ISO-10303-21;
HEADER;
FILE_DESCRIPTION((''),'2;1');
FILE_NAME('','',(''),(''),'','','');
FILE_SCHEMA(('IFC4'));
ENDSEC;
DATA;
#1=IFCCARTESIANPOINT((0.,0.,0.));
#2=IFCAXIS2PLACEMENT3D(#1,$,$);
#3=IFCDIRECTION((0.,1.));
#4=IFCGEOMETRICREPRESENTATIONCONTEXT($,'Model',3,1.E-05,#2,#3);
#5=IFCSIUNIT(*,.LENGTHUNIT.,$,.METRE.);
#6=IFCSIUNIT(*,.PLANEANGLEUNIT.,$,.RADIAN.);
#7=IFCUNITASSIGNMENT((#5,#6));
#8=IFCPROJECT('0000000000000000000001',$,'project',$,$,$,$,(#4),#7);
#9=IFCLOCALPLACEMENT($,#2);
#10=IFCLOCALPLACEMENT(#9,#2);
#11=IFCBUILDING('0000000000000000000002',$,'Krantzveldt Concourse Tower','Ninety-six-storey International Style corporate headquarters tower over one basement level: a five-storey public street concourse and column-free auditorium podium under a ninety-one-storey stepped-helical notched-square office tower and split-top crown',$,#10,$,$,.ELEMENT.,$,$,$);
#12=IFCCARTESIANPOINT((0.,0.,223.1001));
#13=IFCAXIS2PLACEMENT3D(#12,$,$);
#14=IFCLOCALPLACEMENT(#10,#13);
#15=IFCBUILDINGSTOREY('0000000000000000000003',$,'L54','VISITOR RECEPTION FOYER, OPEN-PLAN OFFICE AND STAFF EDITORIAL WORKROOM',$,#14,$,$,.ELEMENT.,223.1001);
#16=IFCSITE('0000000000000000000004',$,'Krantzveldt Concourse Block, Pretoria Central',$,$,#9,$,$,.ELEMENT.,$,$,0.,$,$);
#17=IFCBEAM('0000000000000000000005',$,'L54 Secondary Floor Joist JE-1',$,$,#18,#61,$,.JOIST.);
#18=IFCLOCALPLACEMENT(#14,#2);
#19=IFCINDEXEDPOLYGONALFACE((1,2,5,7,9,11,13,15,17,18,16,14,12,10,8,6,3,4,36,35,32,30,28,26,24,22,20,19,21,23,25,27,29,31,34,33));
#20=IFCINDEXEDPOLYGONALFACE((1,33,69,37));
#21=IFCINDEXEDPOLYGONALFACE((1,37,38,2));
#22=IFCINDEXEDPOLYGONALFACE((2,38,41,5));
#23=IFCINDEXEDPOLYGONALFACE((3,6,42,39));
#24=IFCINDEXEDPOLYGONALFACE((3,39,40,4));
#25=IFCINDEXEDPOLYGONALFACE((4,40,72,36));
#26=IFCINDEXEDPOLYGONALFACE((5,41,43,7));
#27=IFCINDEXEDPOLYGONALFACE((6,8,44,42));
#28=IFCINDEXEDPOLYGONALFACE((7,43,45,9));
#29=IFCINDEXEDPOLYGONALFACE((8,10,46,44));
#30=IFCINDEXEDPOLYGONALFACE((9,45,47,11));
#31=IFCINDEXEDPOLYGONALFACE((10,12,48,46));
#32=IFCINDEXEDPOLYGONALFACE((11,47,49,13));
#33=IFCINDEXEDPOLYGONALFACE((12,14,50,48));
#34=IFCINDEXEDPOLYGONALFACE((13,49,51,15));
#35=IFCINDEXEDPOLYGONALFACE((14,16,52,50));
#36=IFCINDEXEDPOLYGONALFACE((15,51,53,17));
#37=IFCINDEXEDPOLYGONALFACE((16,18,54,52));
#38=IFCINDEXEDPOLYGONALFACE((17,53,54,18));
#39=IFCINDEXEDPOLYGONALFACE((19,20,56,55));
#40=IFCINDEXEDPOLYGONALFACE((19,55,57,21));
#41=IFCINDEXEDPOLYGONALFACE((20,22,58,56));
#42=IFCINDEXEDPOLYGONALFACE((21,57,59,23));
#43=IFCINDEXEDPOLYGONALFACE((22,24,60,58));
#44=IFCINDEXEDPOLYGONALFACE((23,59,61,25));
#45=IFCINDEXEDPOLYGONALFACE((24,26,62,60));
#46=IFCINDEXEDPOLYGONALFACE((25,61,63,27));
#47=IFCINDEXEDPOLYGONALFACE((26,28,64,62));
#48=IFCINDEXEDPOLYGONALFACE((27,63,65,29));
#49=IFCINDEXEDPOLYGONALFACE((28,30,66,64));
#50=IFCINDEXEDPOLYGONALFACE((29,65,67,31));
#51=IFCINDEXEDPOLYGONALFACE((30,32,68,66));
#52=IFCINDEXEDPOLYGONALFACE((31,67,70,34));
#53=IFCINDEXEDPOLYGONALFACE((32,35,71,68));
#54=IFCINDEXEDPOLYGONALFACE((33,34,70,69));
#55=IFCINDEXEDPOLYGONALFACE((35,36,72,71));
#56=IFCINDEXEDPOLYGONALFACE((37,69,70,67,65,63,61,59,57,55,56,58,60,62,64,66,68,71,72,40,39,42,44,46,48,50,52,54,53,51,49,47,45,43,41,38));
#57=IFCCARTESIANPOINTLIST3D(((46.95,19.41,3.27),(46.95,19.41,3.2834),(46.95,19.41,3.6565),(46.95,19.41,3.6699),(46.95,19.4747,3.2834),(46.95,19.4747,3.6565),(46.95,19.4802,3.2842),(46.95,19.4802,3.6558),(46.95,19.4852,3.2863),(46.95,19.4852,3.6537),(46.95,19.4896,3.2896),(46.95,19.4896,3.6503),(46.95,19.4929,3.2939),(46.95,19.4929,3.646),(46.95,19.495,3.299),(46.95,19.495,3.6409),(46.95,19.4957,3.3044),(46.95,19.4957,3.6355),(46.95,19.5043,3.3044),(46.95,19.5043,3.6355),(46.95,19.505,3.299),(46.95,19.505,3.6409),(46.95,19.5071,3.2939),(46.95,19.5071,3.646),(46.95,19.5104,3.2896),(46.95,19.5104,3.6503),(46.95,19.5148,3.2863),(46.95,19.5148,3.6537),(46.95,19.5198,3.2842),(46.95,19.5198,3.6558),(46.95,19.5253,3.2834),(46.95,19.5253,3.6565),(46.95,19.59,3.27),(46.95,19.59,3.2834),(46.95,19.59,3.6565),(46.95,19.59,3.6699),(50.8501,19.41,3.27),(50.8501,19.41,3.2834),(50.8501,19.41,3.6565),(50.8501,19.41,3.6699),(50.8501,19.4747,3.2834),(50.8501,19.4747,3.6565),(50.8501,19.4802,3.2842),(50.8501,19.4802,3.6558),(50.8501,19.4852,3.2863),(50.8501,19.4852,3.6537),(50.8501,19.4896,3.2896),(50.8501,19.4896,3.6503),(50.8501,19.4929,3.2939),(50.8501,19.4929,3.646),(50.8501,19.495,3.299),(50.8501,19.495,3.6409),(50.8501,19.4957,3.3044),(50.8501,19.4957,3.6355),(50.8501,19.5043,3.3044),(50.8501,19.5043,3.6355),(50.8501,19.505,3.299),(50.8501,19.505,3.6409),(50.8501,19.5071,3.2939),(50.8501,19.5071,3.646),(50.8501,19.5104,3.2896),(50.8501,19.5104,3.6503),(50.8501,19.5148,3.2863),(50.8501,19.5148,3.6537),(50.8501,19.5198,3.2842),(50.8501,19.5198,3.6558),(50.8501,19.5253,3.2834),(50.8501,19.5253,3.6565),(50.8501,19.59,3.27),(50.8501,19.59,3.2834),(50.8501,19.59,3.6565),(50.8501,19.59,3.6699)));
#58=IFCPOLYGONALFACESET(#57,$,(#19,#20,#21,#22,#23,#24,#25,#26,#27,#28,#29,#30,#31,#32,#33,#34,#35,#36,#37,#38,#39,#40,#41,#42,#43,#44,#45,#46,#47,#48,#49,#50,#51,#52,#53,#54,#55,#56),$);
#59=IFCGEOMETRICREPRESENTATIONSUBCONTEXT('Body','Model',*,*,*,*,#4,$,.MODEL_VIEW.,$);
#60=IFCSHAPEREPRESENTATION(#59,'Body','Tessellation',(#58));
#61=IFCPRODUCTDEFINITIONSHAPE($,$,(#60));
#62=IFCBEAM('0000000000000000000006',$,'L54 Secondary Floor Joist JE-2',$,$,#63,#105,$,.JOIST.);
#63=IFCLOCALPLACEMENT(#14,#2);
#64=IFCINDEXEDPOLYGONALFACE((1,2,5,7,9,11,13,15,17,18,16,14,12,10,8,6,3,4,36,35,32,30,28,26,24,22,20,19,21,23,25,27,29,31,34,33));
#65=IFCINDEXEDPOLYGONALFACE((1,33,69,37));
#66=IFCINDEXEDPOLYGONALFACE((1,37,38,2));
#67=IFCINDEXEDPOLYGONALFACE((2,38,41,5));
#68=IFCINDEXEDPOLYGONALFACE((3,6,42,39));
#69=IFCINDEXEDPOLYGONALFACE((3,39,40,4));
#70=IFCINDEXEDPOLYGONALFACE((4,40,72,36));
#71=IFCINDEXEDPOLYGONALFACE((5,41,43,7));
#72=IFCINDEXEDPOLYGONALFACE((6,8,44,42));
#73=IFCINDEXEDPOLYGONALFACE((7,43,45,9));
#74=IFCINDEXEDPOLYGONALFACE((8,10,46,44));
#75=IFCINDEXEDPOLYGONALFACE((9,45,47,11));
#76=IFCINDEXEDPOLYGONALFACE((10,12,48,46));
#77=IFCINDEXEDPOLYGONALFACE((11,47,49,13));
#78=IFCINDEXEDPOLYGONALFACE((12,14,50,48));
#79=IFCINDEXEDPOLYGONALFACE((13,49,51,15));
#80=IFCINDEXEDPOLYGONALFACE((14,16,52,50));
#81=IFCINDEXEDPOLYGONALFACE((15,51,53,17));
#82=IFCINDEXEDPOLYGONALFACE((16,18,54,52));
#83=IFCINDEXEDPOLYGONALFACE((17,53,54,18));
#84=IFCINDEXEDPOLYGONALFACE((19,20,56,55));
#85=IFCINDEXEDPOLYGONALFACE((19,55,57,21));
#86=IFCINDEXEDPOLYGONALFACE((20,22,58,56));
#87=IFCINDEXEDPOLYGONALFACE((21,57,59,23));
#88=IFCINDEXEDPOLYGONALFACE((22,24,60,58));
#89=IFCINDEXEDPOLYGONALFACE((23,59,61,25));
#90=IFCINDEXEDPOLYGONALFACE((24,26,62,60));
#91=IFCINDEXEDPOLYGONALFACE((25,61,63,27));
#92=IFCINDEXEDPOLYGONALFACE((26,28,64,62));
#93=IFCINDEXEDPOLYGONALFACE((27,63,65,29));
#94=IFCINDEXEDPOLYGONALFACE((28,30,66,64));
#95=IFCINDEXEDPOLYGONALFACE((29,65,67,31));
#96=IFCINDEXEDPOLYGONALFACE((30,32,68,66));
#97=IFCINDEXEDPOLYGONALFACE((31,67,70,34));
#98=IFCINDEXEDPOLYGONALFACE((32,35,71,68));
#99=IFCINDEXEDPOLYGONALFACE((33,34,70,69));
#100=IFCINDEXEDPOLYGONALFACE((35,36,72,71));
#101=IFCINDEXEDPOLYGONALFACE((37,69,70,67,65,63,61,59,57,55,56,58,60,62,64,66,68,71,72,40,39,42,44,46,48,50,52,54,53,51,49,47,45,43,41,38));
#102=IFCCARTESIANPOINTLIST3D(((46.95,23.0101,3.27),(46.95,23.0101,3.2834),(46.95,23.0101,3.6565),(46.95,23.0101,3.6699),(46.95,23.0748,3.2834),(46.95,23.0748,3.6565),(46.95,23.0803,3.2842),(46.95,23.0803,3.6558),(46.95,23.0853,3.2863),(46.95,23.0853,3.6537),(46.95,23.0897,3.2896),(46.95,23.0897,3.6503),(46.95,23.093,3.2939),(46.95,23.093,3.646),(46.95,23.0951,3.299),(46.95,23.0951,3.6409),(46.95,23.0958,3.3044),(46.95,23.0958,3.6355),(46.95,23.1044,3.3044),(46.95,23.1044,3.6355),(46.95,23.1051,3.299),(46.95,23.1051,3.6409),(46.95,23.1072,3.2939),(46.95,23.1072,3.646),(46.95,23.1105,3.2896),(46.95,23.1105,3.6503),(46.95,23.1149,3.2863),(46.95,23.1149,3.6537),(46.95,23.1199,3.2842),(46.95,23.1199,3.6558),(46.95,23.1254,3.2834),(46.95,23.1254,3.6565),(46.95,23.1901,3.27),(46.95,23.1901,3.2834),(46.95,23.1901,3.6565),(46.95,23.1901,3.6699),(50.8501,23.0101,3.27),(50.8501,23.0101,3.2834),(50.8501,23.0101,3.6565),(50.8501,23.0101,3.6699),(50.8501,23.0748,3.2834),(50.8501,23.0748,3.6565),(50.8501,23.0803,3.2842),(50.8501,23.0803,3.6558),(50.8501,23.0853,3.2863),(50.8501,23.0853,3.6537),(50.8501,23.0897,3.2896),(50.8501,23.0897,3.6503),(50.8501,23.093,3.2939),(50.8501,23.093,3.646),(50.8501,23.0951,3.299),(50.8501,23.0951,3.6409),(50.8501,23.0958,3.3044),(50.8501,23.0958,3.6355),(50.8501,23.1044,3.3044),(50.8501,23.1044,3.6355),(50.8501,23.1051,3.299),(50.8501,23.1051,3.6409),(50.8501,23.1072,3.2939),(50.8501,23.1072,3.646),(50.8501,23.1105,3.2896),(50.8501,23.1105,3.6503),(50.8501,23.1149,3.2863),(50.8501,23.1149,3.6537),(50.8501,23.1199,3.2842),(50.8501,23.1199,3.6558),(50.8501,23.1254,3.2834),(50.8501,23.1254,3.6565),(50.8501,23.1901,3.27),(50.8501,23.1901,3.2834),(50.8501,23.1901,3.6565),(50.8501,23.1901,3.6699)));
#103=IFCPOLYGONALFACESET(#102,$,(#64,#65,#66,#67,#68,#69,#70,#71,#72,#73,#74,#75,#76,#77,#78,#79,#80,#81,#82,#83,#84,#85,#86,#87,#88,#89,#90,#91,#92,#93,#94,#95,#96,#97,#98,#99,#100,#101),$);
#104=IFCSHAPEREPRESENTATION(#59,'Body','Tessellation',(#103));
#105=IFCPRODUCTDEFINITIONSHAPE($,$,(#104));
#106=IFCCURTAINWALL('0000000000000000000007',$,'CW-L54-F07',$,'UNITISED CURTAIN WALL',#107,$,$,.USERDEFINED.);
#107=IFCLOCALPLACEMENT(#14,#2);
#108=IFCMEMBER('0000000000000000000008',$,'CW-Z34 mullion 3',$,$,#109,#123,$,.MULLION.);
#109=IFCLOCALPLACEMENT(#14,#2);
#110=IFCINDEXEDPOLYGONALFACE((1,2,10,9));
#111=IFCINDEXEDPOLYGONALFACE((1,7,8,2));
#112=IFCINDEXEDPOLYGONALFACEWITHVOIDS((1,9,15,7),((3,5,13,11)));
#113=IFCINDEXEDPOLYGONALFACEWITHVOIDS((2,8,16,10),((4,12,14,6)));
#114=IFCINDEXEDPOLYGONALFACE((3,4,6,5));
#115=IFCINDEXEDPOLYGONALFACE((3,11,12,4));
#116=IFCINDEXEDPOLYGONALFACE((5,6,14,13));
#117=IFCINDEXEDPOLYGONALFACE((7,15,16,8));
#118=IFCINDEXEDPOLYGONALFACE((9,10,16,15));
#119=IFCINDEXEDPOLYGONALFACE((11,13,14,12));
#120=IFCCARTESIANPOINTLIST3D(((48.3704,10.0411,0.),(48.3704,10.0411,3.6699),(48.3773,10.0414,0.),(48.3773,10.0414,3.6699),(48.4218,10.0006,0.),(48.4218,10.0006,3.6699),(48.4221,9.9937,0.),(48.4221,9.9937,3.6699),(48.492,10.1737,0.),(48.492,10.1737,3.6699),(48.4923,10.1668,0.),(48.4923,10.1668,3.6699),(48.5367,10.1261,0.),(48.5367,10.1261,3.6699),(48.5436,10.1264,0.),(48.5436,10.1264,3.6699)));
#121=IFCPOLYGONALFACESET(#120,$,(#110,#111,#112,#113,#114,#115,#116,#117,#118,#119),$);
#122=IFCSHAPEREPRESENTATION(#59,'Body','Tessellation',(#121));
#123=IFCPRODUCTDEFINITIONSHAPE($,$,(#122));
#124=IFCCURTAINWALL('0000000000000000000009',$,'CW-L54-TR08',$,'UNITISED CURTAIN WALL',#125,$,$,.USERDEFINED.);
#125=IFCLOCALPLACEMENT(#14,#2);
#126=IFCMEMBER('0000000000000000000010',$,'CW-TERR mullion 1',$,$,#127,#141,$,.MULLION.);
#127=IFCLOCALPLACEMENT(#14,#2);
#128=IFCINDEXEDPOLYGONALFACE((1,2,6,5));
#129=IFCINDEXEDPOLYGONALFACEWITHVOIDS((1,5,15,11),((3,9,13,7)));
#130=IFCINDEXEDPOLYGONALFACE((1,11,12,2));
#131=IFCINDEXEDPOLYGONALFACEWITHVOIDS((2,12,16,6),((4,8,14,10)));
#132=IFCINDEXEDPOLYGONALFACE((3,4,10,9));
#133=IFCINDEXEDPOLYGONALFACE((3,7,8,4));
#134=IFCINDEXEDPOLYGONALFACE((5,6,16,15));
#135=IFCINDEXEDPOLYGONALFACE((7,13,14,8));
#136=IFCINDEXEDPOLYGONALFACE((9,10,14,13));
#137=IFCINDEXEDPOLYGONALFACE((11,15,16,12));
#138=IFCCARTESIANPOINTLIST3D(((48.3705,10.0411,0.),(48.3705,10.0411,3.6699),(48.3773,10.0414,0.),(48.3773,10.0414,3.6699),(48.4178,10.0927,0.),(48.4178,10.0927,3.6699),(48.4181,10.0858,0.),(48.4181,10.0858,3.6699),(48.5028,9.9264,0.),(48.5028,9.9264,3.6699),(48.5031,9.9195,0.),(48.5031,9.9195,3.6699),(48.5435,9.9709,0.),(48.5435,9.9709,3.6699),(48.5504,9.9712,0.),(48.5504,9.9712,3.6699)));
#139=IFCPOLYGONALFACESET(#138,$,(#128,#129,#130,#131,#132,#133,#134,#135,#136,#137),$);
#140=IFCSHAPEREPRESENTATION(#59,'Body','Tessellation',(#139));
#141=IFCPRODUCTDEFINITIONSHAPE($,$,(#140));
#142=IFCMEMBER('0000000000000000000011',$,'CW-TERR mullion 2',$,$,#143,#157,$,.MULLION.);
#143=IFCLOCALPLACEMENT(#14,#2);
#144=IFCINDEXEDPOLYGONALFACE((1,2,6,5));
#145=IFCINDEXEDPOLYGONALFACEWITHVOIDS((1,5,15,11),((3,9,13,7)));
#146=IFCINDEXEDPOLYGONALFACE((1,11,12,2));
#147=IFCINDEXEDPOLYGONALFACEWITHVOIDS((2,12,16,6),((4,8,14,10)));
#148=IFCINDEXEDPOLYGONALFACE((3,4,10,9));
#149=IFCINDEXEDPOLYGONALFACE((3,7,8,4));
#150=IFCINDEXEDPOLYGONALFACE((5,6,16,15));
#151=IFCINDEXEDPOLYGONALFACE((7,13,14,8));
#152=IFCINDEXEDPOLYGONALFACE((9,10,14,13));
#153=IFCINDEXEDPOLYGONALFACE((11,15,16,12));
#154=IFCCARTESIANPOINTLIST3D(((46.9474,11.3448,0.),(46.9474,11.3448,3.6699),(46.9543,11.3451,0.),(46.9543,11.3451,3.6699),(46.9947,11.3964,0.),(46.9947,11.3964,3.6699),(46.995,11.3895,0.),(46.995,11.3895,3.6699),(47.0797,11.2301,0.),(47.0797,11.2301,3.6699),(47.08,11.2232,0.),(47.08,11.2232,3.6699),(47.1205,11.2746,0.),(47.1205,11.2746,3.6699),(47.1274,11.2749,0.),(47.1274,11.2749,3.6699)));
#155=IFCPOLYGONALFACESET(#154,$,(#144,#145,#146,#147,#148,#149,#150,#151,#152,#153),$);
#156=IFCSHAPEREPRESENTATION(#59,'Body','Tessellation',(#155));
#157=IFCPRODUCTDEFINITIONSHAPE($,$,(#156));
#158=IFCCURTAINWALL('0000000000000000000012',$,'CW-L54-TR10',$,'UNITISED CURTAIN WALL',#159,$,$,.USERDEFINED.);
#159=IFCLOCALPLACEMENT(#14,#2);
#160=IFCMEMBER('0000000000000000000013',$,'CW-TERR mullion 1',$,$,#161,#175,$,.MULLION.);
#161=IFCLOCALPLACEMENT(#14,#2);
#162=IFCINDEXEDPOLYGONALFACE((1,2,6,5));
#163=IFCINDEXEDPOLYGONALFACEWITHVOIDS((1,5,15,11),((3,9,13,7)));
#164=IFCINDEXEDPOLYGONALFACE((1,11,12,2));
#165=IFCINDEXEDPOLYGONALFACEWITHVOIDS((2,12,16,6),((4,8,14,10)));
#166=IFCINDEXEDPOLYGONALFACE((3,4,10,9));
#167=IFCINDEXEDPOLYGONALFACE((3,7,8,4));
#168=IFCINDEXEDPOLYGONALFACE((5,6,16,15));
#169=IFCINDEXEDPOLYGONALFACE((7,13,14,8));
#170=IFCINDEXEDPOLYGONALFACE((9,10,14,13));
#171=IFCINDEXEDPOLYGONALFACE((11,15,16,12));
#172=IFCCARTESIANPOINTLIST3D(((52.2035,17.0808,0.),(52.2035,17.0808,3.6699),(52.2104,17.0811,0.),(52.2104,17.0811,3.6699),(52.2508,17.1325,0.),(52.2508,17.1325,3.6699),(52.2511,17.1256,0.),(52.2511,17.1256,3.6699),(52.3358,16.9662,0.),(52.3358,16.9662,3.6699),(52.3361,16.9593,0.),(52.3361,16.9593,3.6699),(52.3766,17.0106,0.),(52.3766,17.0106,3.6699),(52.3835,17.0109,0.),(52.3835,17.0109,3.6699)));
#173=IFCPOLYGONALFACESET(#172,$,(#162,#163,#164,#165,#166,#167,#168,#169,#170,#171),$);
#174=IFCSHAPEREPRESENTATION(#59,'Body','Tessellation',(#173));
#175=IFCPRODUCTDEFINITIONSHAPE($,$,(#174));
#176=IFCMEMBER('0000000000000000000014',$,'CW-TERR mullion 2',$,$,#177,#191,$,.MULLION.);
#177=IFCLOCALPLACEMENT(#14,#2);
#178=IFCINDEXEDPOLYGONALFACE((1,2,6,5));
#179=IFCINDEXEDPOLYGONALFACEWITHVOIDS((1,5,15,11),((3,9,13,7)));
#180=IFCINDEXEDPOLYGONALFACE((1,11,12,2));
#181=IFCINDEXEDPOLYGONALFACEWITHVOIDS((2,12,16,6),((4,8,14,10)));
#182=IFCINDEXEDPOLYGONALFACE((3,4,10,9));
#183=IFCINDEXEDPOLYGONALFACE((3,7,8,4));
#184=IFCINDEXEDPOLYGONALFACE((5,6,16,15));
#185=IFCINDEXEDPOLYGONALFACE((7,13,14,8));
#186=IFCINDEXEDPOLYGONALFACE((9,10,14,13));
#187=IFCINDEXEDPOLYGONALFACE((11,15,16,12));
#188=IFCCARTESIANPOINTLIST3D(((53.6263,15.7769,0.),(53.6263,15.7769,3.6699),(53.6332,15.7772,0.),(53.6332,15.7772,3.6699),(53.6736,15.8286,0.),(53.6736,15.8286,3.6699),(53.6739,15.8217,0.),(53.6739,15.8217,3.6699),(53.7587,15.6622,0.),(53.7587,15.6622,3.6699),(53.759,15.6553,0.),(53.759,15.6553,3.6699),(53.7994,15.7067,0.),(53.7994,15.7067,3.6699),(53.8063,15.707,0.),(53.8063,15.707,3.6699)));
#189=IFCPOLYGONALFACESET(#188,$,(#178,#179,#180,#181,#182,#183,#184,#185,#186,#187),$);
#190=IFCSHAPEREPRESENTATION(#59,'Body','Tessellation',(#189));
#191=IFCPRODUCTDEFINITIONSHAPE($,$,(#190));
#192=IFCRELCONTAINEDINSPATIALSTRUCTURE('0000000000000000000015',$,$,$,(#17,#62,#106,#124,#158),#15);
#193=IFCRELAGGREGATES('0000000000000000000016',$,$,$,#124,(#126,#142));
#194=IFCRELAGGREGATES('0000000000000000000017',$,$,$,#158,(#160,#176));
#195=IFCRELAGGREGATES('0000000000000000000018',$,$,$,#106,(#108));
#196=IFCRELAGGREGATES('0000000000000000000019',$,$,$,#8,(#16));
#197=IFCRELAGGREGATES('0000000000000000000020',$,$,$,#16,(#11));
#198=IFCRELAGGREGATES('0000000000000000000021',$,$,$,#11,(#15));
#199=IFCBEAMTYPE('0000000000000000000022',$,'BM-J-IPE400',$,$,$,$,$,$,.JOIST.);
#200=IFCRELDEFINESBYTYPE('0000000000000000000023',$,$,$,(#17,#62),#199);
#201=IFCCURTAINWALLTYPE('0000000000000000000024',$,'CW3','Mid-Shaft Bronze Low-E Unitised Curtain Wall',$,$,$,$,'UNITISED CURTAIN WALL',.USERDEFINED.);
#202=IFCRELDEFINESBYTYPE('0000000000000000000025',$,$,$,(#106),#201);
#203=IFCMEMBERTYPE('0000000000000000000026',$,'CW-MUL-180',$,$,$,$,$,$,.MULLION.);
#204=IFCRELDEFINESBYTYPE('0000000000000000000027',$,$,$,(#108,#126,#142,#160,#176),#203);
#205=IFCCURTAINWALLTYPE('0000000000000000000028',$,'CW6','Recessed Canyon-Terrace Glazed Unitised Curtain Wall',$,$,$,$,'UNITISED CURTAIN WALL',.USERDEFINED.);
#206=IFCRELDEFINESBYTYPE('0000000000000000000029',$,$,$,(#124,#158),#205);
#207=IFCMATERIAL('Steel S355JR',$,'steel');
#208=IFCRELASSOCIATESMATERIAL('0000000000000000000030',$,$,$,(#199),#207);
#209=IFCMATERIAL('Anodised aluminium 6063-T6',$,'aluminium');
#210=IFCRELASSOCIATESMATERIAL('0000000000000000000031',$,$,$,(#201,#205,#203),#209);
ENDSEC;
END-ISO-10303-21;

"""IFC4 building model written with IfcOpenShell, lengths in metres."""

from ifc_helpers import new_model, si_unit, direction, frame, origin, origin_2d, place, context, subcontext, project, spatial, hollow_rectangle, i_section, extrude, source, transform, mapped, material, material_profile, profile_set, type_object, type_shapes, element, aggregate, save


model = new_model("IFC4")

# Units and contexts
model_context = context("Model", 3, precision=1e-05, world=origin(), true_north=direction((0.0, 1.0)))
body_context = subcontext(model_context, "Body", "Model", "MODEL_VIEW")
ifc_project = project(units=[si_unit("LENGTHUNIT", "METRE"), si_unit("PLANEANGLEUNIT", "RADIAN")], contexts=[model_context])

# Site, building, storey
site_placement = place(None, origin())
site = spatial("IfcSite", under=ifc_project, at=site_placement, Name="Krantzveldt Concourse Block, Pretoria Central", CompositionType="ELEMENT", RefElevation=0.0)
building_placement = place(site_placement, origin())
building = spatial("IfcBuilding", under=site, at=building_placement, Name="Krantzveldt Concourse Tower", Description="Ninety-six-storey International Style corporate headquarters tower over one basement level: a five-storey public street concourse and column-free auditorium podium under a ninety-one-storey stepped-helical notched-square office tower and split-top crown", CompositionType="ELEMENT")
storey_placement = place(building_placement, frame((0.0, 0.0, 223.1001)))
storey = spatial("IfcBuildingStorey", under=building, at=storey_placement, Name="L54", Description="VISITOR RECEPTION FOYER, OPEN-PLAN OFFICE AND STAFF EDITORIAL WORKROOM", CompositionType="ELEMENT", Elevation=223.1001)

# Beams
ifc_material_1 = material(Name="Steel S355JR", Category="steel")
ifc_material_profile_1 = material_profile(ifc_material_1, i_section(OverallWidth=0.1799, OverallDepth=0.3999, WebThickness=0.0085, FlangeThickness=0.0134, FilletRadius=0.021, at=origin_2d()), Name="Steel S355JR", Category="steel")
ifc_profile_set_1 = profile_set([ifc_material_profile_1], Name="Steel S355JR - IPE 400")
beam_type_1 = type_object("IfcBeamType", Name="BM-J-IPE400", PredefinedType="JOIST", material=ifc_profile_set_1)
shared_shape_1 = source(origin(), body_context, "Body", "SweptSolid", [
    extrude(i_section(OverallWidth=0.1799, OverallDepth=0.3999, WebThickness=0.0085, FlangeThickness=0.0134, FilletRadius=0.021, at=origin_2d()), origin(), (0.0, 0.0, 1.0), 3.9001),
])
type_shapes(beam_type_1, [shared_shape_1])
for number, where, z_axis, x_axis, name in (
    (1, (46.95, 19.5, 3.47), (1.0, 0.0, 0.0), (0.0, 1.0, 0.0), "L54 Secondary Floor Joist JE-1"),
    (2, (46.95, 23.1001, 3.47), (1.0, 0.0, 0.0), (0.0, 1.0, 0.0), "L54 Secondary Floor Joist JE-2"),
):
    element("IfcBeam", number, at=place(storey_placement, frame(where, z_axis=z_axis, x_axis=x_axis)), inside=storey, type_object=beam_type_1, Name=name, PredefinedType="JOIST", context=body_context, shape_type="MappedRepresentation", body=[
        mapped(shared_shape_1, transform((0.0, 0.0, 0.0), x_axis=(1.0, 0.0, 0.0), y_axis=(0.0, 1.0, 0.0), z_axis=(0.0, 0.0, 1.0), scale=1.0)),
    ])

# Curtain wall, member
ifc_material_2 = material(Name="Anodised aluminium 6063-T6", Category="aluminium")
curtain_wall_type_1 = type_object("IfcCurtainWallType", Name="CW3", Description="Mid-Shaft Bronze Low-E Unitised Curtain Wall", ElementType="UNITISED CURTAIN WALL", PredefinedType="USERDEFINED", material=ifc_material_2)
curtain_wall_1_placement = place(storey_placement, origin())
curtain_wall_1 = element("IfcCurtainWall", 3, at=curtain_wall_1_placement, inside=storey, type_object=curtain_wall_type_1, Name="CW-L54-F07", ObjectType="UNITISED CURTAIN WALL", PredefinedType="USERDEFINED")
ifc_material_profile_2 = material_profile(ifc_material_2, hollow_rectangle(XDim=0.0701, YDim=0.1799, WallThickness=0.0049, at=origin_2d()), Name="Anodised aluminium 6063-T6", Category="aluminium")
ifc_profile_set_2 = profile_set([ifc_material_profile_2], Name="Anodised aluminium 6063-T6 - ALU-MULL 180x70x5")
member_type_1 = type_object("IfcMemberType", Name="CW-MUL-180", PredefinedType="MULLION", material=ifc_profile_set_2)
shared_shape_2 = source(origin(), body_context, "Body", "SweptSolid", [
    extrude(hollow_rectangle(XDim=0.0701, YDim=0.1799, WallThickness=0.0049, at=origin_2d()), origin(), (0.0, 0.0, 1.0), 3.6699),
])
type_shapes(member_type_1, [shared_shape_2])
member_1_placement = place(storey_placement, frame((48.457, 10.0837, 0.0), z_axis=(0.0, 0.0, 1.0), x_axis=(-0.737278, 0.67559, 0.0)))
member_1 = element("IfcMember", 4, at=member_1_placement, type_object=member_type_1, Name="CW-Z34 mullion 3", PredefinedType="MULLION", context=body_context, shape_type="MappedRepresentation", body=[
    mapped(shared_shape_2, transform((0.0, 0.0, 0.0), x_axis=(1.0, 0.0, 0.0), y_axis=(0.0, 1.0, 0.0), z_axis=(0.0, 0.0, 1.0), scale=1.0)),
])

# Curtain walls, members
curtain_wall_type_2 = type_object("IfcCurtainWallType", Name="CW6", Description="Recessed Canyon-Terrace Glazed Unitised Curtain Wall", ElementType="UNITISED CURTAIN WALL", PredefinedType="USERDEFINED", material=ifc_material_2)
curtain_wall_2_placement = place(storey_placement, origin())
curtain_wall_2 = element("IfcCurtainWall", 5, at=curtain_wall_2_placement, inside=storey, type_object=curtain_wall_type_2, Name="CW-L54-TR08", ObjectType="UNITISED CURTAIN WALL", PredefinedType="USERDEFINED")
member_2_placement = place(storey_placement, frame((48.4604, 10.0061, 0.0), z_axis=(0.0, 0.0, 1.0), x_axis=(-0.675591, -0.737276, 0.0)))
member_2 = element("IfcMember", 6, at=member_2_placement, type_object=member_type_1, Name="CW-TERR mullion 1", PredefinedType="MULLION", context=body_context, shape_type="MappedRepresentation", body=[
    mapped(shared_shape_2, transform((0.0, 0.0, 0.0), x_axis=(1.0, 0.0, 0.0), y_axis=(0.0, 1.0, 0.0), z_axis=(0.0, 0.0, 1.0), scale=1.0)),
])
member_3_placement = place(storey_placement, frame((47.0374, 11.3098, 0.0), z_axis=(0.0, 0.0, 1.0), x_axis=(-0.675591, -0.737276, 0.0)))
member_3 = element("IfcMember", 7, at=member_3_placement, type_object=member_type_1, Name="CW-TERR mullion 2", PredefinedType="MULLION", context=body_context, shape_type="MappedRepresentation", body=[
    mapped(shared_shape_2, transform((0.0, 0.0, 0.0), x_axis=(1.0, 0.0, 0.0), y_axis=(0.0, 1.0, 0.0), z_axis=(0.0, 0.0, 1.0), scale=1.0)),
])
curtain_wall_3_placement = place(storey_placement, origin())
curtain_wall_3 = element("IfcCurtainWall", 8, at=curtain_wall_3_placement, inside=storey, type_object=curtain_wall_type_2, Name="CW-L54-TR10", ObjectType="UNITISED CURTAIN WALL", PredefinedType="USERDEFINED")
member_4_placement = place(storey_placement, frame((52.2935, 17.0459, 0.0), z_axis=(0.0, 0.0, 1.0), x_axis=(0.675591, 0.737276, 0.0)))
member_4 = element("IfcMember", 9, at=member_4_placement, type_object=member_type_1, Name="CW-TERR mullion 1", PredefinedType="MULLION", context=body_context, shape_type="MappedRepresentation", body=[
    mapped(shared_shape_2, transform((0.0, 0.0, 0.0), x_axis=(1.0, 0.0, 0.0), y_axis=(0.0, 1.0, 0.0), z_axis=(0.0, 0.0, 1.0), scale=1.0)),
])
member_5_placement = place(storey_placement, frame((53.7163, 15.7419, 0.0), z_axis=(0.0, 0.0, 1.0), x_axis=(0.675591, 0.737276, 0.0)))
member_5 = element("IfcMember", 10, at=member_5_placement, type_object=member_type_1, Name="CW-TERR mullion 2", PredefinedType="MULLION", context=body_context, shape_type="MappedRepresentation", body=[
    mapped(shared_shape_2, transform((0.0, 0.0, 0.0), x_axis=(1.0, 0.0, 0.0), y_axis=(0.0, 1.0, 0.0), z_axis=(0.0, 0.0, 1.0), scale=1.0)),
])

aggregate(curtain_wall_2, [member_2, member_3])
aggregate(curtain_wall_3, [member_4, member_5])
aggregate(curtain_wall_1, [member_1])

save(model, "model.ifc")
